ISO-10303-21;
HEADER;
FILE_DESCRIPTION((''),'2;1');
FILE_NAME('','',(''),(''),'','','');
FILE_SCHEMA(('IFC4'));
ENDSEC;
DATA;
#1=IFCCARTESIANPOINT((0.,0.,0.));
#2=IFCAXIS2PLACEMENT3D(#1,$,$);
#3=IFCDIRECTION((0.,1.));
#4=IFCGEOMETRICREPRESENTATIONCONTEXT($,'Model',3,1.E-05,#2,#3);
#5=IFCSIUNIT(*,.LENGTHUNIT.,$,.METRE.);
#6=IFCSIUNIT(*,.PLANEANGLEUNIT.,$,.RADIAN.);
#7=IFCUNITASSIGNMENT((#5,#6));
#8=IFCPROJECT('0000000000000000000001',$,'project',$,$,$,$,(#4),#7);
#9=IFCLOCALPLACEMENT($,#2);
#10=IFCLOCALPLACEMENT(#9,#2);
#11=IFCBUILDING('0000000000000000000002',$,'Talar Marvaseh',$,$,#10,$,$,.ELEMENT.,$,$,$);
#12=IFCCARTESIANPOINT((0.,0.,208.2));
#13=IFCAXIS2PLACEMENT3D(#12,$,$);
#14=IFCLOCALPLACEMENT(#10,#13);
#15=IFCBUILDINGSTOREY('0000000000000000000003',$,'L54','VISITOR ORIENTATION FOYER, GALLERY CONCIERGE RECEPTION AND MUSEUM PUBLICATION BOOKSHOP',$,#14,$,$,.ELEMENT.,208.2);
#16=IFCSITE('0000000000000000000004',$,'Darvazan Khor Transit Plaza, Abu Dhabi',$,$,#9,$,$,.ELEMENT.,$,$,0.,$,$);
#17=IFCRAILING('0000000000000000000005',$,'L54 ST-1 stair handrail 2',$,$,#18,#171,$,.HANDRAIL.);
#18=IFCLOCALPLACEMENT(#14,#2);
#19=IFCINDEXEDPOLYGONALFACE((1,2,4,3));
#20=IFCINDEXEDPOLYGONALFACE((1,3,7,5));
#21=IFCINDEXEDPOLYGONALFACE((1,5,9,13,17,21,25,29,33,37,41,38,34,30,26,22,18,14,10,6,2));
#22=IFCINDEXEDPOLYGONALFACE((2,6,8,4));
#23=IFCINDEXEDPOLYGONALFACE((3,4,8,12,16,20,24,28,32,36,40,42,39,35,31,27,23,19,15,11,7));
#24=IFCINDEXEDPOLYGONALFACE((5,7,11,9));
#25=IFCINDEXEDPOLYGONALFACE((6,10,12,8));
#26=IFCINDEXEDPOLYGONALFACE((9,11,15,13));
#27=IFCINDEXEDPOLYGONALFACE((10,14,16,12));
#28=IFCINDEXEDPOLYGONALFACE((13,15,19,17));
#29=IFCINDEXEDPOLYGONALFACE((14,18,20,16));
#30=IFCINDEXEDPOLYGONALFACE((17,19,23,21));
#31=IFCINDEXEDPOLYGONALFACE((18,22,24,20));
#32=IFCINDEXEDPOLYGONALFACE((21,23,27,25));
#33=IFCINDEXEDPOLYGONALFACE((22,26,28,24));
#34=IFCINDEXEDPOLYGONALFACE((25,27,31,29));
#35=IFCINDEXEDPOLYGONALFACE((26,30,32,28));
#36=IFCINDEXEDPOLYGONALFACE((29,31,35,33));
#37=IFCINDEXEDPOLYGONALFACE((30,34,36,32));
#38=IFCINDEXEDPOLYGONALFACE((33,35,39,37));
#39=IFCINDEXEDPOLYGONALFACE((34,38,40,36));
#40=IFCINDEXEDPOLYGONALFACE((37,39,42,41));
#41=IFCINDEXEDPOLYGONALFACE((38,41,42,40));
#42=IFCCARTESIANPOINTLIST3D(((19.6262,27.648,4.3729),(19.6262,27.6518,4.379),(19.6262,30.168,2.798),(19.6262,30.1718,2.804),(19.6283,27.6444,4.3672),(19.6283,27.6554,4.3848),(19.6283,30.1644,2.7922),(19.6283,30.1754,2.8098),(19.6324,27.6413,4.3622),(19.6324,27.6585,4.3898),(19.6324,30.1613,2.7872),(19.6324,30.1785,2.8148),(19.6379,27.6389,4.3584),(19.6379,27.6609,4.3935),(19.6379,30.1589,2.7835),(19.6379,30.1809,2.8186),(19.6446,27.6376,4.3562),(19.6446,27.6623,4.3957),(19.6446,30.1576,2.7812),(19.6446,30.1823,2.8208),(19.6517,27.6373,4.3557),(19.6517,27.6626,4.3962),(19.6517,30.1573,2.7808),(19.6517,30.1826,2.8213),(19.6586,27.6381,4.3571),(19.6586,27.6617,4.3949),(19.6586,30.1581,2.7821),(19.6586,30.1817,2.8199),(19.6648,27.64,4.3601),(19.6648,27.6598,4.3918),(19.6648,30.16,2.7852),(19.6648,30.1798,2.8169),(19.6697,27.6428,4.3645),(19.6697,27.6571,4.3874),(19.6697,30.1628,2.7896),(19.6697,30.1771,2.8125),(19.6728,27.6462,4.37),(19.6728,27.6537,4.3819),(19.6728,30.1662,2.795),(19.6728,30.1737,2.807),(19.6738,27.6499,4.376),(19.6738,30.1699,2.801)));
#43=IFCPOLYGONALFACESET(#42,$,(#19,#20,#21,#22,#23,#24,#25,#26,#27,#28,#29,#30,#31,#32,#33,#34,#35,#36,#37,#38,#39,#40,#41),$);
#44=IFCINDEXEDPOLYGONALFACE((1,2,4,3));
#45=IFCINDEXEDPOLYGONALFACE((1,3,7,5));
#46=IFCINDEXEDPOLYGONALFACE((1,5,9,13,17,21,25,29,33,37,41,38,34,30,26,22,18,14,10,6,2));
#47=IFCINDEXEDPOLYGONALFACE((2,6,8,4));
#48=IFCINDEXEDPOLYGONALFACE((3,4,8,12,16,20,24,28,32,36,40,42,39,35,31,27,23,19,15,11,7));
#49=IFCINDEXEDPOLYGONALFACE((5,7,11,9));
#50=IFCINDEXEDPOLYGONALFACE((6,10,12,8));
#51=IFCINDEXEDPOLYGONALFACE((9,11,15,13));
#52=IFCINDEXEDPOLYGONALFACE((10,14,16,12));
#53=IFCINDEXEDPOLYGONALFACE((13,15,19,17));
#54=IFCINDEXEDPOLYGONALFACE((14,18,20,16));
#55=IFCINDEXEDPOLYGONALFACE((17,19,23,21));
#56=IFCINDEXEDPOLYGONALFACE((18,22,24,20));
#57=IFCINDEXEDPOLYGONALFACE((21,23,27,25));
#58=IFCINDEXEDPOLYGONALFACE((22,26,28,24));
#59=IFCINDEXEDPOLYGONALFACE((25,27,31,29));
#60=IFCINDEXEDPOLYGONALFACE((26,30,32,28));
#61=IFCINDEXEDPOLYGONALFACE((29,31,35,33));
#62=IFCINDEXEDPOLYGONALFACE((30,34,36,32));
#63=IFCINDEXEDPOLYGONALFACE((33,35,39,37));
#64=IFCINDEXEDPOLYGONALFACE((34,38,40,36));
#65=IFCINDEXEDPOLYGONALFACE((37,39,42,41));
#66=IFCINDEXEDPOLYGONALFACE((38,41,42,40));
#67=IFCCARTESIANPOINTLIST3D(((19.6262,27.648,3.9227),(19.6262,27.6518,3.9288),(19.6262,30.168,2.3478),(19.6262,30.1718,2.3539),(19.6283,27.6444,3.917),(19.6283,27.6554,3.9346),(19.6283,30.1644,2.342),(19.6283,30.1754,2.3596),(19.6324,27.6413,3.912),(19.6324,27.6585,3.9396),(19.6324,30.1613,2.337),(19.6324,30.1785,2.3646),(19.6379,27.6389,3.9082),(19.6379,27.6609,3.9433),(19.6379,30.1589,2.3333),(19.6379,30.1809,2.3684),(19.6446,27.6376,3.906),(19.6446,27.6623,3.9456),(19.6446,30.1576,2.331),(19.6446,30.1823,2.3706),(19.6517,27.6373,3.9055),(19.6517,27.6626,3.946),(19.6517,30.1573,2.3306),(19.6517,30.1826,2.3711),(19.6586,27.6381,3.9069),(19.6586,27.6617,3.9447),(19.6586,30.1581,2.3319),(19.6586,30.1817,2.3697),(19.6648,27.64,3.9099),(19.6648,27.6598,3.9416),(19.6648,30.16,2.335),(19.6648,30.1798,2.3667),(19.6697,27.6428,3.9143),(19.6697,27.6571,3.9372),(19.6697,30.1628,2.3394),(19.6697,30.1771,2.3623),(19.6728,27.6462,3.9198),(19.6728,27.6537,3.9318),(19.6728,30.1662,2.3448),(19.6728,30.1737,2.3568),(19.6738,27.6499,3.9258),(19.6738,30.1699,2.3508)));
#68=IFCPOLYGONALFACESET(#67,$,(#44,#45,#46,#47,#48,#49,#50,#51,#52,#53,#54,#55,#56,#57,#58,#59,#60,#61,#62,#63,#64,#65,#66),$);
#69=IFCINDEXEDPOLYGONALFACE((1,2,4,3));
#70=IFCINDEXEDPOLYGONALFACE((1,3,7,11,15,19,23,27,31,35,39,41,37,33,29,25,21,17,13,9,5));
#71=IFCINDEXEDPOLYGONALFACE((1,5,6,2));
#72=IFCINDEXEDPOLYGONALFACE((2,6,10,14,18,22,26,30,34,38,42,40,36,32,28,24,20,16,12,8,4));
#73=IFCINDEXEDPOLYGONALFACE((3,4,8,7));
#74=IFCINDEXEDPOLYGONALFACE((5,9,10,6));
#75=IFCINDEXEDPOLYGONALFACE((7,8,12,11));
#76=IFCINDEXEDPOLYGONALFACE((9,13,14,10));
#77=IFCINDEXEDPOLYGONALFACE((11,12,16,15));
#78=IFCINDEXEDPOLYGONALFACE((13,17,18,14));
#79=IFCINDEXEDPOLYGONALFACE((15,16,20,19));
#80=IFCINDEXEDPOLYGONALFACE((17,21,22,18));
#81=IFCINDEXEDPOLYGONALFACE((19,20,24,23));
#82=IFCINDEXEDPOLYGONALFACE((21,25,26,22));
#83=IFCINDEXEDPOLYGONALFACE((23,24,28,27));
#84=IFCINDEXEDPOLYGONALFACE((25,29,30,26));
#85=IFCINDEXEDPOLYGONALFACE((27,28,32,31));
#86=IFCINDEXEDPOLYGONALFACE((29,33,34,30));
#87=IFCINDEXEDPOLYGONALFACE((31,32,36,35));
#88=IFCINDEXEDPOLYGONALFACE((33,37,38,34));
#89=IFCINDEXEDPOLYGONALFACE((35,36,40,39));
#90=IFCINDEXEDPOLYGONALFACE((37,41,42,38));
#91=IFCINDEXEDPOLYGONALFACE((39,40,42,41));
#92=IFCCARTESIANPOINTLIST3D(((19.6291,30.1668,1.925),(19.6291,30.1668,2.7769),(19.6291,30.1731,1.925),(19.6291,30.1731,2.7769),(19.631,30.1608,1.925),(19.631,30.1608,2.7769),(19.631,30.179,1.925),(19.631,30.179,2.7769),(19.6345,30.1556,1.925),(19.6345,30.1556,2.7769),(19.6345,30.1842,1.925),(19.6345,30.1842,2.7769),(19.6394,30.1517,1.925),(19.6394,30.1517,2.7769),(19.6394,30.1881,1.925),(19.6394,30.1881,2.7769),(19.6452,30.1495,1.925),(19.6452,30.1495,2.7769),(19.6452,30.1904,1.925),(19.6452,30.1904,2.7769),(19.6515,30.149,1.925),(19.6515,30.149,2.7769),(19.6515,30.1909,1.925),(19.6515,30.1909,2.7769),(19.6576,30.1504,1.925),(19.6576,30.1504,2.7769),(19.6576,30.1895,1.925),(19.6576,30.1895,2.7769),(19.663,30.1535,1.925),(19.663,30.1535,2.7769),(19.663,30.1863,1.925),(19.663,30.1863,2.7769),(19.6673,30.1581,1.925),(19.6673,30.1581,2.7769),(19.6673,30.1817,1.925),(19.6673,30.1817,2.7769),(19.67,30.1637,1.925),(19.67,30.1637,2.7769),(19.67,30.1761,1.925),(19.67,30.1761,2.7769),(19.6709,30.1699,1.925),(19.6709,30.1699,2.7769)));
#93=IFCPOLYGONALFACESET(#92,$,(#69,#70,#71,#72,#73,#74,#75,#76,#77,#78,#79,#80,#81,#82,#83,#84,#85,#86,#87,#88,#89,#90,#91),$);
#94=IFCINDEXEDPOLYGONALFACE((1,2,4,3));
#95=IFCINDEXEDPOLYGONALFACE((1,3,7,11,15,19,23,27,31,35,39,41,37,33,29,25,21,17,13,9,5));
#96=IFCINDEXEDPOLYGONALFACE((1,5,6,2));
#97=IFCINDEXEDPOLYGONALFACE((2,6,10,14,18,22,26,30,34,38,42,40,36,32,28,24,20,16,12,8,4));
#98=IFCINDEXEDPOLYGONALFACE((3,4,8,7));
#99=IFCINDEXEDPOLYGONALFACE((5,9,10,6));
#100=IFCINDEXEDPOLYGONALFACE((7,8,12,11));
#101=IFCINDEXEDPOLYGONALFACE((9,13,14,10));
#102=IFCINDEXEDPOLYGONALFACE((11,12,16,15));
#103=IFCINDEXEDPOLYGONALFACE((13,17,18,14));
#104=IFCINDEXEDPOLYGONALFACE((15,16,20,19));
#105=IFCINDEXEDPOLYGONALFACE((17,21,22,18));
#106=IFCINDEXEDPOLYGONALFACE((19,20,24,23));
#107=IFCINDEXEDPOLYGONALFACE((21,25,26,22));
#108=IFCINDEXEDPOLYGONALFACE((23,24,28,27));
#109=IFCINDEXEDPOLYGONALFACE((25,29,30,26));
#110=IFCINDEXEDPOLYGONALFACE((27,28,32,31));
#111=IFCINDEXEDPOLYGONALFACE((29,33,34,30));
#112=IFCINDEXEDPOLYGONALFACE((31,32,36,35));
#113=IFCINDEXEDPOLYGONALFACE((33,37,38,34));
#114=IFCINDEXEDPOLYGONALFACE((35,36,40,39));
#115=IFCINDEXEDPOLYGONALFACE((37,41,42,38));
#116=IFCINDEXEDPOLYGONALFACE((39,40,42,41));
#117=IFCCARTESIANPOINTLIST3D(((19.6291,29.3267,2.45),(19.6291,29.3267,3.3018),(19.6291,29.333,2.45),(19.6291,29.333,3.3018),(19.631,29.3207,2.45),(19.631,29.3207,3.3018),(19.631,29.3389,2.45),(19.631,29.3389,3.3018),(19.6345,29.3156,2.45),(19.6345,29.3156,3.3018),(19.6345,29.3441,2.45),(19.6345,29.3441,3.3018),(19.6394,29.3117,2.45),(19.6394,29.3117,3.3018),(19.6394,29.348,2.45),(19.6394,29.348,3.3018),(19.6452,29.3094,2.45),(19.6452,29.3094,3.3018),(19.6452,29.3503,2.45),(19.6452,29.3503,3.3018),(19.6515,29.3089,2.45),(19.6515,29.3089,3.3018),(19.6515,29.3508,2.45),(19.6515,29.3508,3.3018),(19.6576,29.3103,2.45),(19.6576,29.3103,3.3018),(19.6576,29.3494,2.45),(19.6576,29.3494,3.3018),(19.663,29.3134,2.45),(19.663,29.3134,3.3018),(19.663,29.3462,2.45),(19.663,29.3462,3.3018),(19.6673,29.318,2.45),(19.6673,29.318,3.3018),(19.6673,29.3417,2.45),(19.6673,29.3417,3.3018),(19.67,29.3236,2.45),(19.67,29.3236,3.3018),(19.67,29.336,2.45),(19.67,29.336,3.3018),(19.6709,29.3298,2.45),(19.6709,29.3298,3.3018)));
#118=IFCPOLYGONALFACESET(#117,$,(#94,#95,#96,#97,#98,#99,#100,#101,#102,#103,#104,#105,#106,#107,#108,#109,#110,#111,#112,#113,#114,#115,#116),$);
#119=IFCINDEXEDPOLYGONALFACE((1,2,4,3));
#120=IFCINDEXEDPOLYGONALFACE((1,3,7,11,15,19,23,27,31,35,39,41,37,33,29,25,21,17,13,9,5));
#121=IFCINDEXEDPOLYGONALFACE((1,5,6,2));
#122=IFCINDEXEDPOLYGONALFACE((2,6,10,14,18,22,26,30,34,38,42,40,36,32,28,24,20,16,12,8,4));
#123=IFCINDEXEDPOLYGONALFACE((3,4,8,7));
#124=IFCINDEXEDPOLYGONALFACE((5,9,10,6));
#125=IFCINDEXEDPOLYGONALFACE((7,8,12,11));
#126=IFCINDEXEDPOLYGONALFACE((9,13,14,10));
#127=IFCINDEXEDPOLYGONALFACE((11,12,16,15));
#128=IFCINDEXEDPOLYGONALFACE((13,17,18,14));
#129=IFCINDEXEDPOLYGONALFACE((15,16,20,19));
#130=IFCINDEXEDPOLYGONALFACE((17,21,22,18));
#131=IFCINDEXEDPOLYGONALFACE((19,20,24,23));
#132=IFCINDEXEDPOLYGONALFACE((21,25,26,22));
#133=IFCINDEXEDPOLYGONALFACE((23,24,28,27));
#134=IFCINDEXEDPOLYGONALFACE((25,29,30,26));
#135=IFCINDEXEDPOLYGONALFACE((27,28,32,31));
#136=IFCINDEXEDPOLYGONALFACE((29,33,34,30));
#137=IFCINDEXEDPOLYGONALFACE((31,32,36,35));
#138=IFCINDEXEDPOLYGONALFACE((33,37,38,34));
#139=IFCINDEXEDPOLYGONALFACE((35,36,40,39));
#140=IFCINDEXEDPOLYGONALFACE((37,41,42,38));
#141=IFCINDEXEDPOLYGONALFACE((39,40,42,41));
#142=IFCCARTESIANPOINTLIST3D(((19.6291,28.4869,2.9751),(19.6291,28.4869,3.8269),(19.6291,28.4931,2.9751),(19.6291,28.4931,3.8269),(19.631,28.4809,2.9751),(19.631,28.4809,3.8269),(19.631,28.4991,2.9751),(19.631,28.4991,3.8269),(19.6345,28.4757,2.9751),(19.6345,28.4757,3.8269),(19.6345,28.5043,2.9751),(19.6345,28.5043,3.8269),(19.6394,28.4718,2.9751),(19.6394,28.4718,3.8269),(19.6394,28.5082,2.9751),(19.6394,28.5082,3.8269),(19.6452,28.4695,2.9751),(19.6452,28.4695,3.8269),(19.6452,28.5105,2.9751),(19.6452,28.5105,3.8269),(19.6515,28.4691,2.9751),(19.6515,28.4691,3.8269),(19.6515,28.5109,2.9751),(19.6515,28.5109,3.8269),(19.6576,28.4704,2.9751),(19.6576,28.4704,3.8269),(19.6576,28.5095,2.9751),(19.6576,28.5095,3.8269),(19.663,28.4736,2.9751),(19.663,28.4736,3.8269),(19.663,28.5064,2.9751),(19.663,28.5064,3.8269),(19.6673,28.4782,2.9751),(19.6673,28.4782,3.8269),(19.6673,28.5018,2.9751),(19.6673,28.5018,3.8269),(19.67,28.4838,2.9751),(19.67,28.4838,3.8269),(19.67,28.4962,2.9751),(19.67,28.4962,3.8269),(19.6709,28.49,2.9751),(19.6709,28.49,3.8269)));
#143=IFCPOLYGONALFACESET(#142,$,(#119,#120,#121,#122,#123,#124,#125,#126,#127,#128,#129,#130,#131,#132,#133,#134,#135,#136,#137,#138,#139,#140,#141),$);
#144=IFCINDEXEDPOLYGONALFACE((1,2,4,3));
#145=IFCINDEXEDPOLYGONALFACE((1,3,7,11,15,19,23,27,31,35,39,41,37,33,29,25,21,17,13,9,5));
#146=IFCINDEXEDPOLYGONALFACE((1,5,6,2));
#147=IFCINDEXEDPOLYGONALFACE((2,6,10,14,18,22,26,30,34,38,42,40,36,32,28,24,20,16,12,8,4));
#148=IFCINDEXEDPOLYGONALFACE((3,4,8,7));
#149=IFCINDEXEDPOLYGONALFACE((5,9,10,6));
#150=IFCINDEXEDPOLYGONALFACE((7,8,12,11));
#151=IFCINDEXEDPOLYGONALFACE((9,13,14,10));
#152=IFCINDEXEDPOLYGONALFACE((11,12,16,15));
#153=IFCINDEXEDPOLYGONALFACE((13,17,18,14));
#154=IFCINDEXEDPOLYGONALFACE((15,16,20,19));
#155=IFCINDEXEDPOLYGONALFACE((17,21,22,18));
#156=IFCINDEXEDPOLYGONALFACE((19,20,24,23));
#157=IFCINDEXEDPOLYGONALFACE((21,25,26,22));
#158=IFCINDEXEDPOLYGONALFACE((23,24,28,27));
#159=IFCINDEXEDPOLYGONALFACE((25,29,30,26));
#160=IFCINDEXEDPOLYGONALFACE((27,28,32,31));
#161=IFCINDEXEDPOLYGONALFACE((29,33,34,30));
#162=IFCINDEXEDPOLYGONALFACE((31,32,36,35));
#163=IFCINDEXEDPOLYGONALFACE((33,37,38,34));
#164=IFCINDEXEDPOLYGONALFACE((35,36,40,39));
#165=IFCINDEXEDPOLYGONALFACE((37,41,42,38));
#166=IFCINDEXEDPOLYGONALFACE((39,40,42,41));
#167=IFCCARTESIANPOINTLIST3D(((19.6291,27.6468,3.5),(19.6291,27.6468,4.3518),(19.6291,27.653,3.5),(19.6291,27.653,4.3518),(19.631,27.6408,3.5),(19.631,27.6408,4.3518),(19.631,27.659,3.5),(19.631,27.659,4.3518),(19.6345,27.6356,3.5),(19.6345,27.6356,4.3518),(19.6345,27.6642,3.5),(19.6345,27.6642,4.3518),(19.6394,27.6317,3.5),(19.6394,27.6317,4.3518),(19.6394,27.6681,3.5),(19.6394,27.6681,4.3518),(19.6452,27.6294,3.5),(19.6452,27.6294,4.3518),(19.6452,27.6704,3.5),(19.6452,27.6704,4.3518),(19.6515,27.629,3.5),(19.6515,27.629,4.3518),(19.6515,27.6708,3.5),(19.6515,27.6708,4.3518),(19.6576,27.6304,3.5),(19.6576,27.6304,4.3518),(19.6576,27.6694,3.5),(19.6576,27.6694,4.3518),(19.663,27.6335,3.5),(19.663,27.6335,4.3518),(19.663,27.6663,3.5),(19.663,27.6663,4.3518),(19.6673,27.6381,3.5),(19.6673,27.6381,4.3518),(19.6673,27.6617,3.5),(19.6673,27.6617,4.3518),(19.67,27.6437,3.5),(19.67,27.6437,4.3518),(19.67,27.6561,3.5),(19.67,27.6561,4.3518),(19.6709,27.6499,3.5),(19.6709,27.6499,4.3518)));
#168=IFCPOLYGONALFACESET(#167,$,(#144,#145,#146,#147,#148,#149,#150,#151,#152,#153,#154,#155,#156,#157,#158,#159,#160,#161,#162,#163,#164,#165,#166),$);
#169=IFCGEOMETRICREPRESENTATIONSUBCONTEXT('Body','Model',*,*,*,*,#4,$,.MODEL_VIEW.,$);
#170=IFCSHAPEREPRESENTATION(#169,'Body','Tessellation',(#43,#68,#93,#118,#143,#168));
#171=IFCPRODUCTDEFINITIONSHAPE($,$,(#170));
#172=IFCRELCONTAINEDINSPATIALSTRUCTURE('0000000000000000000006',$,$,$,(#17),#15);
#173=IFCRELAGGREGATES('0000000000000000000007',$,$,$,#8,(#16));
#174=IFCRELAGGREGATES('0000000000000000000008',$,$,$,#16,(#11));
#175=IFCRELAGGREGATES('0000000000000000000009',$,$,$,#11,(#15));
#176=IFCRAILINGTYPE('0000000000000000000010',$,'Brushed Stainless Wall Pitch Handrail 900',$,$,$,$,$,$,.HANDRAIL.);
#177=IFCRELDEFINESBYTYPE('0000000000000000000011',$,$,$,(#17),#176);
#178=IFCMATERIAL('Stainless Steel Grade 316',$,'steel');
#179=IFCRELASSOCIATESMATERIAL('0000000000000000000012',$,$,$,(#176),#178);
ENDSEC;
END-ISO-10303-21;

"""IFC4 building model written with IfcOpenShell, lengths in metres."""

from ifc_helpers import new_model, si_unit, direction, frame, origin, origin_2d, place, context, subcontext, project, spatial, circle, extrude, material, type_object, element, save


model = new_model("IFC4")

# Units and contexts
model_context = context("Model", 3, precision=1e-05, world=origin(), true_north=direction((0.0, 1.0)))
body_context = subcontext(model_context, "Body", "Model", "MODEL_VIEW")
ifc_project = project(units=[si_unit("LENGTHUNIT", "METRE"), si_unit("PLANEANGLEUNIT", "RADIAN")], contexts=[model_context])

# Site, building, storey
site_placement = place(None, origin())
site = spatial("IfcSite", under=ifc_project, at=site_placement, Name="Darvazan Khor Transit Plaza, Abu Dhabi", CompositionType="ELEMENT", RefElevation=0.0)
building_placement = place(site_placement, origin())
building = spatial("IfcBuilding", under=site, at=building_placement, Name="Talar Marvaseh", CompositionType="ELEMENT")
storey_placement = place(building_placement, frame((0.0, 0.0, 208.2)))
storey = spatial("IfcBuildingStorey", under=building, at=storey_placement, Name="L54", Description="VISITOR ORIENTATION FOYER, GALLERY CONCIERGE RECEPTION AND MUSEUM PUBLICATION BOOKSHOP", CompositionType="ELEMENT", Elevation=208.2)

# Railing
ifc_material_1 = material(Name="Stainless Steel Grade 316", Category="steel")
railing_type_1 = type_object("IfcRailingType", Name="Brushed Stainless Wall Pitch Handrail 900", PredefinedType="HANDRAIL", material=ifc_material_1)
railing_1_placement = place(storey_placement, frame((19.6499, 30.1699, 1.925)))
element("IfcRailing", 1, at=railing_1_placement, inside=storey, type_object=railing_type_1, Name="L54 ST-1 stair handrail 2", PredefinedType="HANDRAIL", context=body_context, shape_type="SweptSolid", body=[
    extrude(circle(Radius=0.0239, at=origin_2d()), frame((0.0, 0.0, 0.876), z_axis=(0.0, -0.848008, 0.529984), x_axis=(1.0, 0.0, 0.0)), (0.0, 0.0, 1.0), 2.9717),
    extrude(circle(Radius=0.0239, at=origin_2d()), frame((0.0, 0.0, 0.4258), z_axis=(0.0, -0.848008, 0.529984), x_axis=(1.0, 0.0, 0.0)), (0.0, 0.0, 1.0), 2.9717),
    extrude(circle(Radius=0.021, at=origin_2d()), origin(), (0.0, 0.0, 1.0), 0.8518),
    extrude(circle(Radius=0.021, at=origin_2d()), frame((0.0, -0.8401, 0.5249)), (0.0, 0.0, 1.0), 0.8518),
    extrude(circle(Radius=0.021, at=origin_2d()), frame((0.0, -1.6799, 1.05)), (0.0, 0.0, 1.0), 0.8518),
    extrude(circle(Radius=0.021, at=origin_2d()), frame((0.0, -2.52, 1.575)), (0.0, 0.0, 1.0), 0.8518),
])

save(model, "model.ifc")
